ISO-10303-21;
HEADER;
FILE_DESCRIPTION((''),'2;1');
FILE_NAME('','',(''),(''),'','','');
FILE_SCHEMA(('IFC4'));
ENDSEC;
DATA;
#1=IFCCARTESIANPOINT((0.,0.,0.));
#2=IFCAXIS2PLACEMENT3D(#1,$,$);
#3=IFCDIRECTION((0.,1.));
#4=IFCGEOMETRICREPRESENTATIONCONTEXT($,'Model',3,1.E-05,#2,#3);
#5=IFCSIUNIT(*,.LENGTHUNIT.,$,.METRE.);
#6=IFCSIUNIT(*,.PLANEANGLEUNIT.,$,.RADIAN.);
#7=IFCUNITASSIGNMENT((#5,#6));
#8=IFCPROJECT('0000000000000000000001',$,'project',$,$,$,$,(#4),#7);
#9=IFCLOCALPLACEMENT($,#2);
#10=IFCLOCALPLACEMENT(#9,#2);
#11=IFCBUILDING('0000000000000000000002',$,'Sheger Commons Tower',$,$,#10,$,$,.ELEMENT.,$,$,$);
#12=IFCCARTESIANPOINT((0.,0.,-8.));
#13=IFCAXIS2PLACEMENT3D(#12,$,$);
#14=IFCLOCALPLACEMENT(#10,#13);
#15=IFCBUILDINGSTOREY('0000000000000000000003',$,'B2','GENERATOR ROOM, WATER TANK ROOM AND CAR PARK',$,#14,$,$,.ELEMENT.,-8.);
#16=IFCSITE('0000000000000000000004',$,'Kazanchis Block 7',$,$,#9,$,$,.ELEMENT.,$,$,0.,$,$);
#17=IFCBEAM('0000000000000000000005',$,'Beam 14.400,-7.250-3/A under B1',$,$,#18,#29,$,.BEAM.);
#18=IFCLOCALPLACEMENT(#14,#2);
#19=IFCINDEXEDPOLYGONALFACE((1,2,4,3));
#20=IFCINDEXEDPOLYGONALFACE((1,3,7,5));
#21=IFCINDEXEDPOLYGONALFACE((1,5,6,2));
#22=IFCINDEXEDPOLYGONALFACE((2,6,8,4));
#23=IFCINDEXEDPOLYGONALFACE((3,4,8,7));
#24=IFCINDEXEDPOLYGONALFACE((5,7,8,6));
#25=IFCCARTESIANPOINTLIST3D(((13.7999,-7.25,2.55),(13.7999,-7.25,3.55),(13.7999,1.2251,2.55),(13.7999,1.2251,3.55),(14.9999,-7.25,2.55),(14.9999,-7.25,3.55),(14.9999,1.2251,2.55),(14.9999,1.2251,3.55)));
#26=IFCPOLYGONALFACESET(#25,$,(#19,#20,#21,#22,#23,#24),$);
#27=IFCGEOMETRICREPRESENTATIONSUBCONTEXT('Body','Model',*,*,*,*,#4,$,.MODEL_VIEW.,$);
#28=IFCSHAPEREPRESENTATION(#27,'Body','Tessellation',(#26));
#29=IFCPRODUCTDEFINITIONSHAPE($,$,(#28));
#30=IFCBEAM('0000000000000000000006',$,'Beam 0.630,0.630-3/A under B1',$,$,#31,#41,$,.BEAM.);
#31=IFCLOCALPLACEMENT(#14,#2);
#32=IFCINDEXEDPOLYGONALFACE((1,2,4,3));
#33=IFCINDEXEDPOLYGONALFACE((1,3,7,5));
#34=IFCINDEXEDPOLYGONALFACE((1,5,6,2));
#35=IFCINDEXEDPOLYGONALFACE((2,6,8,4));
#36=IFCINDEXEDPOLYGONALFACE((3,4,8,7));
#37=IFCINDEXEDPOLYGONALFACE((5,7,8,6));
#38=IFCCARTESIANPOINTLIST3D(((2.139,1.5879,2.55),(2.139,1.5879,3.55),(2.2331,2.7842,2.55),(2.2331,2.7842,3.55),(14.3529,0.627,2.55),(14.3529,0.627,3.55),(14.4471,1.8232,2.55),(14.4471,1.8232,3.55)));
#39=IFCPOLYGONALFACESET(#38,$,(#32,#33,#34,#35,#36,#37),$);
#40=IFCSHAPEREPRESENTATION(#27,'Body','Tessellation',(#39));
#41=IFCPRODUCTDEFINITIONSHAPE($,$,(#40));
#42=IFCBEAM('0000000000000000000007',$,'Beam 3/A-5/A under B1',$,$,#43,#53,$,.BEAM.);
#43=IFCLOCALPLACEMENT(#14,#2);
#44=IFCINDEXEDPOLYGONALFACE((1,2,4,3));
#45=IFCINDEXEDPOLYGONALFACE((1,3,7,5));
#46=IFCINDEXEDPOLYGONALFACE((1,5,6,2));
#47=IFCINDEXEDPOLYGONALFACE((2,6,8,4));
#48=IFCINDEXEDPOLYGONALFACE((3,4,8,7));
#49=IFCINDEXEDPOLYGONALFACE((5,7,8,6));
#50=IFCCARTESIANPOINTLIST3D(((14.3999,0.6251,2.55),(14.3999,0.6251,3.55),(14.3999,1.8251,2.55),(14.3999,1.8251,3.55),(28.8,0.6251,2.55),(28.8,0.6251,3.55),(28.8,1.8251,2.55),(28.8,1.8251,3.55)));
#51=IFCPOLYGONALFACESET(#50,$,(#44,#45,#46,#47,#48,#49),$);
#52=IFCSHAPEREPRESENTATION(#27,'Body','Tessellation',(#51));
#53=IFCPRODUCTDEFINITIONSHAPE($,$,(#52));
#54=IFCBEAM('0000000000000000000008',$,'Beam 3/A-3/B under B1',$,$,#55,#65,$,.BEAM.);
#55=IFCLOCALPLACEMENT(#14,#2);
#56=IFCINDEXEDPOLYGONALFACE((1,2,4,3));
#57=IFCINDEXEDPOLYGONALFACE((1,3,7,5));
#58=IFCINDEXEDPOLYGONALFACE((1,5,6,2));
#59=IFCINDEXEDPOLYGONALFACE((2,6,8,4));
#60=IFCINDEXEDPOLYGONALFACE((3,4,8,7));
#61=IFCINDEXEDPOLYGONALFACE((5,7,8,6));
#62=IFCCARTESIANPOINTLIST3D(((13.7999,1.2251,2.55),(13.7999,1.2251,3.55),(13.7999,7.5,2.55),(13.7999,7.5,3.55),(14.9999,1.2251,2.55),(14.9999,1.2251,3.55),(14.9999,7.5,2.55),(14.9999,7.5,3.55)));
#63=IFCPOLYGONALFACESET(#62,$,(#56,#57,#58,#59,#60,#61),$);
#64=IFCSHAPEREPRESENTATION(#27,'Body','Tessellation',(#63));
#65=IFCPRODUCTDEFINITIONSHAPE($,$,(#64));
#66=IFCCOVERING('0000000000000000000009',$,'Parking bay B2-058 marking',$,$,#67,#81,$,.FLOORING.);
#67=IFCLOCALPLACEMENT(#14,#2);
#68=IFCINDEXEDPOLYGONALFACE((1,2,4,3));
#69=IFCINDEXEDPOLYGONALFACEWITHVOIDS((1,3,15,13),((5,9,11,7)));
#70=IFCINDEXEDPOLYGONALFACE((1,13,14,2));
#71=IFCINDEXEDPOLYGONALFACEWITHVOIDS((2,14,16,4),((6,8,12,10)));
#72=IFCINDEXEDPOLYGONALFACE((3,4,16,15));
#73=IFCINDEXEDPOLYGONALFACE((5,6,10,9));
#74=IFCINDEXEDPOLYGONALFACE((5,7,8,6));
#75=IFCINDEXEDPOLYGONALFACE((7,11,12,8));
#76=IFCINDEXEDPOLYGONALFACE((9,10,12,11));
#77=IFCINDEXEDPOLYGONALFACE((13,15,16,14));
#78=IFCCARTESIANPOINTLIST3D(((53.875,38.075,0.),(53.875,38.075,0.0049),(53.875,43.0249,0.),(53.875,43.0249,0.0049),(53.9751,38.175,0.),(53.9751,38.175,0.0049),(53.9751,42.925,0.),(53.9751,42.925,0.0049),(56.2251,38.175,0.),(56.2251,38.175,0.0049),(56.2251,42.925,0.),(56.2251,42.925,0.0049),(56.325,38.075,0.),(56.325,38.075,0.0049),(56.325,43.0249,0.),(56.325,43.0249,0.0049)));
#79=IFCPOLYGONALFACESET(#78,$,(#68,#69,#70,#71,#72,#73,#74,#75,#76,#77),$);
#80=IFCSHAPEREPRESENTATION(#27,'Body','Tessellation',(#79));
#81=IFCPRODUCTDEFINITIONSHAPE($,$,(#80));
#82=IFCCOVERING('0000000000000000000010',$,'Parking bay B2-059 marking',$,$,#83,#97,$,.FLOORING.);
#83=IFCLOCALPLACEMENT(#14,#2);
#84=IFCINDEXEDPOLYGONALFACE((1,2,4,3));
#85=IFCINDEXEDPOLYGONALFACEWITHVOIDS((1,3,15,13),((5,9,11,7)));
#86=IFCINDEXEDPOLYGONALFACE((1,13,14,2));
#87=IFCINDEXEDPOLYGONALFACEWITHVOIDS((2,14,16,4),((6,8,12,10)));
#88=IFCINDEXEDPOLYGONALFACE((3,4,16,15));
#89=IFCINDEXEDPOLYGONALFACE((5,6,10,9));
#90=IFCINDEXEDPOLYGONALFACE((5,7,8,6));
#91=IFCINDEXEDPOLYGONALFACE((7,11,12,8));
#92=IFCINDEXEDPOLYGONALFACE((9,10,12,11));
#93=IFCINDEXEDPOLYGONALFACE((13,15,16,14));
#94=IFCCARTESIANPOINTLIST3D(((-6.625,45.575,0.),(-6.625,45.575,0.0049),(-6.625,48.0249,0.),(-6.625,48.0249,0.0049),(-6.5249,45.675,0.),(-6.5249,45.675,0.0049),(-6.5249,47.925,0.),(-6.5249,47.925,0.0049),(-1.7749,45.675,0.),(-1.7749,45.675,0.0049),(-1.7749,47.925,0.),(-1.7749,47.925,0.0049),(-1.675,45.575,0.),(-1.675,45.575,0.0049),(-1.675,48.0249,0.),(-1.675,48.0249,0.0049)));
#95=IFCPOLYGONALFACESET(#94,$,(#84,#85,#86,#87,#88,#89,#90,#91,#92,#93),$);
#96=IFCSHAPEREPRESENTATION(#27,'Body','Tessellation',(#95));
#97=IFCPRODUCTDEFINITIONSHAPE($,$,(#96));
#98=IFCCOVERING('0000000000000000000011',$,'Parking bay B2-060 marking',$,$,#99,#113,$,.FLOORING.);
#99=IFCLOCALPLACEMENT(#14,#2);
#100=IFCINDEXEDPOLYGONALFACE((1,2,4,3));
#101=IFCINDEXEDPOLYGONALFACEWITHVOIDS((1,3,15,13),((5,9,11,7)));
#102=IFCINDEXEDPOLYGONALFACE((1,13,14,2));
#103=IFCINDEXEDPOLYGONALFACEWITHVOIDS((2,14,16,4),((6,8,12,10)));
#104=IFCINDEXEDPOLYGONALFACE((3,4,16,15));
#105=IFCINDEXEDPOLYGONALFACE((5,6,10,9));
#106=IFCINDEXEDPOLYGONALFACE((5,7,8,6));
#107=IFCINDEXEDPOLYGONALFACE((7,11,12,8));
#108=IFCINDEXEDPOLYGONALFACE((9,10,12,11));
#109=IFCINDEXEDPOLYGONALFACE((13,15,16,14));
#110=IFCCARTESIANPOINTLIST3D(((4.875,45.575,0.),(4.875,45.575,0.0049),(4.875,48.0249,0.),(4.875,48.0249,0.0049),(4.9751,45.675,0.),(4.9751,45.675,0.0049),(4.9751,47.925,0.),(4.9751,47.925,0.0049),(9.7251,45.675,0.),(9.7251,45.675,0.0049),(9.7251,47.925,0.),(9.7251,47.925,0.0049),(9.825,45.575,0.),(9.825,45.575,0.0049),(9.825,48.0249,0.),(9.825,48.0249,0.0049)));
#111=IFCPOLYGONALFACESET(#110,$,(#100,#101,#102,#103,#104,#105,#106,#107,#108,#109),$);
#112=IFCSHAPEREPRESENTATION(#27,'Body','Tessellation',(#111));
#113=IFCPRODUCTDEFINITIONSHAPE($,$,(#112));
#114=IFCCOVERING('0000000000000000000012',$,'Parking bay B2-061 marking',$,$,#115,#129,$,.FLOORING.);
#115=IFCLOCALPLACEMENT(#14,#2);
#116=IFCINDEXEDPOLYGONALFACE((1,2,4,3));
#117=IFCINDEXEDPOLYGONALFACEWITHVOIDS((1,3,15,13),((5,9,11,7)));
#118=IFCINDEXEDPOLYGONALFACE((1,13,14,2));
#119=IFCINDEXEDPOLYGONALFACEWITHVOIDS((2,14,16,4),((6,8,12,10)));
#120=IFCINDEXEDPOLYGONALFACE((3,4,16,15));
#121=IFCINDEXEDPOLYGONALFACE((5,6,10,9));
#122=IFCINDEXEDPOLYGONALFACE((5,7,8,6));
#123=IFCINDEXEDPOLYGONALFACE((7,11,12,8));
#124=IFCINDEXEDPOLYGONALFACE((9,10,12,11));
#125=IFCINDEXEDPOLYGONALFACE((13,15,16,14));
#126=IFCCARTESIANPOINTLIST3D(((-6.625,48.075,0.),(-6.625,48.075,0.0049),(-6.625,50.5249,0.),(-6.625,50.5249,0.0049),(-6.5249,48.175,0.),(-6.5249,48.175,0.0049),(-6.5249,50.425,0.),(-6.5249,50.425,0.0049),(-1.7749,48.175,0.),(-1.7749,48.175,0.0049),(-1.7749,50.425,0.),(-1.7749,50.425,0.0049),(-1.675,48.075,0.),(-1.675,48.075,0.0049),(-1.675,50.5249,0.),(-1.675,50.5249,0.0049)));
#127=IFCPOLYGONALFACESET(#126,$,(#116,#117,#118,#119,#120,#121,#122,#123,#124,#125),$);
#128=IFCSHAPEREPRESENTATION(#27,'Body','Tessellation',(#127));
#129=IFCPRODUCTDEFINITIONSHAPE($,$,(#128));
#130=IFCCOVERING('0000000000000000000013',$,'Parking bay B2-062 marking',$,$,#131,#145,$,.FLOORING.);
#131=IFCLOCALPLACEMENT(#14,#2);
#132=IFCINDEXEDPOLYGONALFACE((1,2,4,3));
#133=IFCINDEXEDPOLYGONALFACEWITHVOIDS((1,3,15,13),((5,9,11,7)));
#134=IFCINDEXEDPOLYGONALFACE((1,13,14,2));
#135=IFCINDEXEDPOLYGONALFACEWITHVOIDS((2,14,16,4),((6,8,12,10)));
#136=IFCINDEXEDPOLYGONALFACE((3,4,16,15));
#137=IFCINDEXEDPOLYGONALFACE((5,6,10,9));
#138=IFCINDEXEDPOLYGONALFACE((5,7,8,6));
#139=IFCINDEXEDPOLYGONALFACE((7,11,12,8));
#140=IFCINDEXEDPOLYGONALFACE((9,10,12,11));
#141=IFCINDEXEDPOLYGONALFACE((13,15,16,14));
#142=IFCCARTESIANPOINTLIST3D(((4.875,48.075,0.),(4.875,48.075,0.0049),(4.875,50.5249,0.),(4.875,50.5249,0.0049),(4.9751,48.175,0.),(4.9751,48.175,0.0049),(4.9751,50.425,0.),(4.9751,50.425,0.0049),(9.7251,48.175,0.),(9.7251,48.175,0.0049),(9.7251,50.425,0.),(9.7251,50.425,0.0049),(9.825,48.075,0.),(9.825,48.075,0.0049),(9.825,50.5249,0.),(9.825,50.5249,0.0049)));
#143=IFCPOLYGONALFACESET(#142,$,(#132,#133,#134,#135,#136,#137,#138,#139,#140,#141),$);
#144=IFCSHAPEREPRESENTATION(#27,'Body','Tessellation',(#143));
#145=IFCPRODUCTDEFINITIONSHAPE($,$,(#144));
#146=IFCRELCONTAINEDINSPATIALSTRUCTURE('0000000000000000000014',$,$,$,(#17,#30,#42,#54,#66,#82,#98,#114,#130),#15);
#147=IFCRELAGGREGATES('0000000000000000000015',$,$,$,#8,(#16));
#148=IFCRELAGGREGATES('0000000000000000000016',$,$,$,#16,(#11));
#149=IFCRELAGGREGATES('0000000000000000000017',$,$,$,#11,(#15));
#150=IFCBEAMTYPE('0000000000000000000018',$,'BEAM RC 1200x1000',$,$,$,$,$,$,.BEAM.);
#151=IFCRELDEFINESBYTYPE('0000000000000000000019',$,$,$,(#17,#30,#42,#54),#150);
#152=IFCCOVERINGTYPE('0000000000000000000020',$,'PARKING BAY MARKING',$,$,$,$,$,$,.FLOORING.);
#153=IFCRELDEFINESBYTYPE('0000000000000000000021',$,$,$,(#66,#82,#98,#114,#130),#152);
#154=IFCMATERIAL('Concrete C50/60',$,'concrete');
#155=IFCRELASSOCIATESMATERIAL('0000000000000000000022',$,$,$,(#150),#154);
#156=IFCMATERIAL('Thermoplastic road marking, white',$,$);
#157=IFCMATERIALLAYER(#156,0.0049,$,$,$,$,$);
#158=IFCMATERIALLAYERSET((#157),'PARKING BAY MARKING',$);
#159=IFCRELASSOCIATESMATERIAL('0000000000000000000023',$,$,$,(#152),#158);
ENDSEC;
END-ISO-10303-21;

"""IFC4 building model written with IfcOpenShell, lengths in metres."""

from ifc_helpers import new_model, si_unit, direction, frame, origin, origin_2d, place, context, subcontext, project, spatial, polyline, rectangle, outline, extrude, material, layer, layer_set, material_profile, profile_set, type_object, element, save


model = new_model("IFC4")

# Units and contexts
model_context = context("Model", 3, precision=1e-05, world=origin(), true_north=direction((0.0, 1.0)))
body_context = subcontext(model_context, "Body", "Model", "MODEL_VIEW")
ifc_project = project(units=[si_unit("LENGTHUNIT", "METRE"), si_unit("PLANEANGLEUNIT", "RADIAN")], contexts=[model_context])

# Site, building, storey
site_placement = place(None, origin())
site = spatial("IfcSite", under=ifc_project, at=site_placement, Name="Kazanchis Block 7", CompositionType="ELEMENT", RefElevation=0.0)
building_placement = place(site_placement, origin())
building = spatial("IfcBuilding", under=site, at=building_placement, Name="Sheger Commons Tower", CompositionType="ELEMENT")
storey_placement = place(building_placement, frame((0.0, 0.0, -8.0)))
storey = spatial("IfcBuildingStorey", under=building, at=storey_placement, Name="B2", Description="GENERATOR ROOM, WATER TANK ROOM AND CAR PARK", CompositionType="ELEMENT", Elevation=-8.0)

# Beams
ifc_material_1 = material(Name="Concrete C50/60", Category="concrete")
ifc_material_profile_1 = material_profile(ifc_material_1, rectangle(XDim=1.2, YDim=1.0, at=origin_2d()), Name="RC 1200x1000")
ifc_profile_set_1 = profile_set([ifc_material_profile_1], Name="Concrete C50/60")
beam_type = type_object("IfcBeamType", Name="BEAM RC 1200x1000", PredefinedType="BEAM", material=ifc_profile_set_1)
beam_1_placement = place(storey_placement, frame((14.3999, -7.25, 3.05), z_axis=(0.0, 1.0, 0.0), x_axis=(-1.0, 0.0, 0.0)))
element("IfcBeam", 1, at=beam_1_placement, inside=storey, type_object=beam_type, Name="Beam 14.400,-7.250-3/A under B1", PredefinedType="BEAM", context=body_context, shape_type="SweptSolid", body=[
    extrude(rectangle(XDim=1.2, YDim=1.0, at=origin_2d()), origin(), (0.0, 0.0, 1.0), 8.4751),
])
beam_2_placement = place(storey_placement, frame((2.186, 2.186, 3.05), z_axis=(0.996919, -0.078434, 0.0), x_axis=(0.078434, 0.996919, 0.0)))
element("IfcBeam", 2, at=beam_2_placement, inside=storey, type_object=beam_type, Name="Beam 0.630,0.630-3/A under B1", PredefinedType="BEAM", context=body_context, shape_type="SweptSolid", body=[
    extrude(rectangle(XDim=1.2, YDim=1.0, at=origin_2d()), origin(), (0.0, 0.0, 1.0), 12.2517),
])
beam_3_placement = place(storey_placement, frame((14.3999, 1.2251, 3.05), z_axis=(1.0, 0.0, 0.0), x_axis=(0.0, 1.0, 0.0)))
element("IfcBeam", 3, at=beam_3_placement, inside=storey, type_object=beam_type, Name="Beam 3/A-5/A under B1", PredefinedType="BEAM", context=body_context, shape_type="SweptSolid", body=[
    extrude(rectangle(XDim=1.2, YDim=1.0, at=origin_2d()), origin(), (0.0, 0.0, 1.0), 14.4001),
])
beam_4_placement = place(storey_placement, frame((14.3999, 1.2251, 3.05), z_axis=(0.0, 1.0, 0.0), x_axis=(-1.0, 0.0, 0.0)))
element("IfcBeam", 4, at=beam_4_placement, inside=storey, type_object=beam_type, Name="Beam 3/A-3/B under B1", PredefinedType="BEAM", context=body_context, shape_type="SweptSolid", body=[
    extrude(rectangle(XDim=1.2, YDim=1.0, at=origin_2d()), origin(), (0.0, 0.0, 1.0), 6.2749),
])

# Coverings
ifc_material_2 = material(Name="Thermoplastic road marking, white")
ifc_layer = layer(ifc_material_2, 0.0049)
ifc_layer_set = layer_set([ifc_layer], Name="PARKING BAY MARKING")
covering_type = type_object("IfcCoveringType", Name="PARKING BAY MARKING", PredefinedType="FLOORING", material=ifc_layer_set)
covering_1_placement = place(storey_placement, origin())
element("IfcCovering", 5, at=covering_1_placement, inside=storey, type_object=covering_type, Name="Parking bay B2-058 marking", PredefinedType="FLOORING", context=body_context, shape_type="SweptSolid", body=[
    extrude(outline(polyline([(53.875, 38.075), (56.325, 38.075), (56.325, 43.0249), (53.875, 43.0249), (53.875, 38.075)]), holes=[polyline([(56.2251, 42.925), (56.2251, 38.175), (53.9751, 38.175), (53.9751, 42.925), (56.2251, 42.925)])]), origin(), (0.0, 0.0, 1.0), 0.0049),
])
covering_2_placement = place(storey_placement, origin())
element("IfcCovering", 6, at=covering_2_placement, inside=storey, type_object=covering_type, Name="Parking bay B2-059 marking", PredefinedType="FLOORING", context=body_context, shape_type="SweptSolid", body=[
    extrude(outline(polyline([(-6.625, 45.575), (-1.675, 45.575), (-1.675, 48.0249), (-6.625, 48.0249), (-6.625, 45.575)]), holes=[polyline([(-1.7749, 47.925), (-1.7749, 45.675), (-6.5249, 45.675), (-6.5249, 47.925), (-1.7749, 47.925)])]), origin(), (0.0, 0.0, 1.0), 0.0049),
])
covering_3_placement = place(storey_placement, origin())
element("IfcCovering", 7, at=covering_3_placement, inside=storey, type_object=covering_type, Name="Parking bay B2-060 marking", PredefinedType="FLOORING", context=body_context, shape_type="SweptSolid", body=[
    extrude(outline(polyline([(4.875, 45.575), (9.825, 45.575), (9.825, 48.0249), (4.875, 48.0249), (4.875, 45.575)]), holes=[polyline([(9.7251, 47.925), (9.7251, 45.675), (4.9751, 45.675), (4.9751, 47.925), (9.7251, 47.925)])]), origin(), (0.0, 0.0, 1.0), 0.0049),
])
covering_4_placement = place(storey_placement, origin())
element("IfcCovering", 8, at=covering_4_placement, inside=storey, type_object=covering_type, Name="Parking bay B2-061 marking", PredefinedType="FLOORING", context=body_context, shape_type="SweptSolid", body=[
    extrude(outline(polyline([(-6.625, 48.075), (-1.675, 48.075), (-1.675, 50.5249), (-6.625, 50.5249), (-6.625, 48.075)]), holes=[polyline([(-1.7749, 50.425), (-1.7749, 48.175), (-6.5249, 48.175), (-6.5249, 50.425), (-1.7749, 50.425)])]), origin(), (0.0, 0.0, 1.0), 0.0049),
])
covering_5_placement = place(storey_placement, origin())
element("IfcCovering", 9, at=covering_5_placement, inside=storey, type_object=covering_type, Name="Parking bay B2-062 marking", PredefinedType="FLOORING", context=body_context, shape_type="SweptSolid", body=[
    extrude(outline(polyline([(4.875, 48.075), (9.825, 48.075), (9.825, 50.5249), (4.875, 50.5249), (4.875, 48.075)]), holes=[polyline([(9.7251, 50.425), (9.7251, 48.175), (4.9751, 48.175), (4.9751, 50.425), (9.7251, 50.425)])]), origin(), (0.0, 0.0, 1.0), 0.0049),
])

save(model, "model.ifc")
